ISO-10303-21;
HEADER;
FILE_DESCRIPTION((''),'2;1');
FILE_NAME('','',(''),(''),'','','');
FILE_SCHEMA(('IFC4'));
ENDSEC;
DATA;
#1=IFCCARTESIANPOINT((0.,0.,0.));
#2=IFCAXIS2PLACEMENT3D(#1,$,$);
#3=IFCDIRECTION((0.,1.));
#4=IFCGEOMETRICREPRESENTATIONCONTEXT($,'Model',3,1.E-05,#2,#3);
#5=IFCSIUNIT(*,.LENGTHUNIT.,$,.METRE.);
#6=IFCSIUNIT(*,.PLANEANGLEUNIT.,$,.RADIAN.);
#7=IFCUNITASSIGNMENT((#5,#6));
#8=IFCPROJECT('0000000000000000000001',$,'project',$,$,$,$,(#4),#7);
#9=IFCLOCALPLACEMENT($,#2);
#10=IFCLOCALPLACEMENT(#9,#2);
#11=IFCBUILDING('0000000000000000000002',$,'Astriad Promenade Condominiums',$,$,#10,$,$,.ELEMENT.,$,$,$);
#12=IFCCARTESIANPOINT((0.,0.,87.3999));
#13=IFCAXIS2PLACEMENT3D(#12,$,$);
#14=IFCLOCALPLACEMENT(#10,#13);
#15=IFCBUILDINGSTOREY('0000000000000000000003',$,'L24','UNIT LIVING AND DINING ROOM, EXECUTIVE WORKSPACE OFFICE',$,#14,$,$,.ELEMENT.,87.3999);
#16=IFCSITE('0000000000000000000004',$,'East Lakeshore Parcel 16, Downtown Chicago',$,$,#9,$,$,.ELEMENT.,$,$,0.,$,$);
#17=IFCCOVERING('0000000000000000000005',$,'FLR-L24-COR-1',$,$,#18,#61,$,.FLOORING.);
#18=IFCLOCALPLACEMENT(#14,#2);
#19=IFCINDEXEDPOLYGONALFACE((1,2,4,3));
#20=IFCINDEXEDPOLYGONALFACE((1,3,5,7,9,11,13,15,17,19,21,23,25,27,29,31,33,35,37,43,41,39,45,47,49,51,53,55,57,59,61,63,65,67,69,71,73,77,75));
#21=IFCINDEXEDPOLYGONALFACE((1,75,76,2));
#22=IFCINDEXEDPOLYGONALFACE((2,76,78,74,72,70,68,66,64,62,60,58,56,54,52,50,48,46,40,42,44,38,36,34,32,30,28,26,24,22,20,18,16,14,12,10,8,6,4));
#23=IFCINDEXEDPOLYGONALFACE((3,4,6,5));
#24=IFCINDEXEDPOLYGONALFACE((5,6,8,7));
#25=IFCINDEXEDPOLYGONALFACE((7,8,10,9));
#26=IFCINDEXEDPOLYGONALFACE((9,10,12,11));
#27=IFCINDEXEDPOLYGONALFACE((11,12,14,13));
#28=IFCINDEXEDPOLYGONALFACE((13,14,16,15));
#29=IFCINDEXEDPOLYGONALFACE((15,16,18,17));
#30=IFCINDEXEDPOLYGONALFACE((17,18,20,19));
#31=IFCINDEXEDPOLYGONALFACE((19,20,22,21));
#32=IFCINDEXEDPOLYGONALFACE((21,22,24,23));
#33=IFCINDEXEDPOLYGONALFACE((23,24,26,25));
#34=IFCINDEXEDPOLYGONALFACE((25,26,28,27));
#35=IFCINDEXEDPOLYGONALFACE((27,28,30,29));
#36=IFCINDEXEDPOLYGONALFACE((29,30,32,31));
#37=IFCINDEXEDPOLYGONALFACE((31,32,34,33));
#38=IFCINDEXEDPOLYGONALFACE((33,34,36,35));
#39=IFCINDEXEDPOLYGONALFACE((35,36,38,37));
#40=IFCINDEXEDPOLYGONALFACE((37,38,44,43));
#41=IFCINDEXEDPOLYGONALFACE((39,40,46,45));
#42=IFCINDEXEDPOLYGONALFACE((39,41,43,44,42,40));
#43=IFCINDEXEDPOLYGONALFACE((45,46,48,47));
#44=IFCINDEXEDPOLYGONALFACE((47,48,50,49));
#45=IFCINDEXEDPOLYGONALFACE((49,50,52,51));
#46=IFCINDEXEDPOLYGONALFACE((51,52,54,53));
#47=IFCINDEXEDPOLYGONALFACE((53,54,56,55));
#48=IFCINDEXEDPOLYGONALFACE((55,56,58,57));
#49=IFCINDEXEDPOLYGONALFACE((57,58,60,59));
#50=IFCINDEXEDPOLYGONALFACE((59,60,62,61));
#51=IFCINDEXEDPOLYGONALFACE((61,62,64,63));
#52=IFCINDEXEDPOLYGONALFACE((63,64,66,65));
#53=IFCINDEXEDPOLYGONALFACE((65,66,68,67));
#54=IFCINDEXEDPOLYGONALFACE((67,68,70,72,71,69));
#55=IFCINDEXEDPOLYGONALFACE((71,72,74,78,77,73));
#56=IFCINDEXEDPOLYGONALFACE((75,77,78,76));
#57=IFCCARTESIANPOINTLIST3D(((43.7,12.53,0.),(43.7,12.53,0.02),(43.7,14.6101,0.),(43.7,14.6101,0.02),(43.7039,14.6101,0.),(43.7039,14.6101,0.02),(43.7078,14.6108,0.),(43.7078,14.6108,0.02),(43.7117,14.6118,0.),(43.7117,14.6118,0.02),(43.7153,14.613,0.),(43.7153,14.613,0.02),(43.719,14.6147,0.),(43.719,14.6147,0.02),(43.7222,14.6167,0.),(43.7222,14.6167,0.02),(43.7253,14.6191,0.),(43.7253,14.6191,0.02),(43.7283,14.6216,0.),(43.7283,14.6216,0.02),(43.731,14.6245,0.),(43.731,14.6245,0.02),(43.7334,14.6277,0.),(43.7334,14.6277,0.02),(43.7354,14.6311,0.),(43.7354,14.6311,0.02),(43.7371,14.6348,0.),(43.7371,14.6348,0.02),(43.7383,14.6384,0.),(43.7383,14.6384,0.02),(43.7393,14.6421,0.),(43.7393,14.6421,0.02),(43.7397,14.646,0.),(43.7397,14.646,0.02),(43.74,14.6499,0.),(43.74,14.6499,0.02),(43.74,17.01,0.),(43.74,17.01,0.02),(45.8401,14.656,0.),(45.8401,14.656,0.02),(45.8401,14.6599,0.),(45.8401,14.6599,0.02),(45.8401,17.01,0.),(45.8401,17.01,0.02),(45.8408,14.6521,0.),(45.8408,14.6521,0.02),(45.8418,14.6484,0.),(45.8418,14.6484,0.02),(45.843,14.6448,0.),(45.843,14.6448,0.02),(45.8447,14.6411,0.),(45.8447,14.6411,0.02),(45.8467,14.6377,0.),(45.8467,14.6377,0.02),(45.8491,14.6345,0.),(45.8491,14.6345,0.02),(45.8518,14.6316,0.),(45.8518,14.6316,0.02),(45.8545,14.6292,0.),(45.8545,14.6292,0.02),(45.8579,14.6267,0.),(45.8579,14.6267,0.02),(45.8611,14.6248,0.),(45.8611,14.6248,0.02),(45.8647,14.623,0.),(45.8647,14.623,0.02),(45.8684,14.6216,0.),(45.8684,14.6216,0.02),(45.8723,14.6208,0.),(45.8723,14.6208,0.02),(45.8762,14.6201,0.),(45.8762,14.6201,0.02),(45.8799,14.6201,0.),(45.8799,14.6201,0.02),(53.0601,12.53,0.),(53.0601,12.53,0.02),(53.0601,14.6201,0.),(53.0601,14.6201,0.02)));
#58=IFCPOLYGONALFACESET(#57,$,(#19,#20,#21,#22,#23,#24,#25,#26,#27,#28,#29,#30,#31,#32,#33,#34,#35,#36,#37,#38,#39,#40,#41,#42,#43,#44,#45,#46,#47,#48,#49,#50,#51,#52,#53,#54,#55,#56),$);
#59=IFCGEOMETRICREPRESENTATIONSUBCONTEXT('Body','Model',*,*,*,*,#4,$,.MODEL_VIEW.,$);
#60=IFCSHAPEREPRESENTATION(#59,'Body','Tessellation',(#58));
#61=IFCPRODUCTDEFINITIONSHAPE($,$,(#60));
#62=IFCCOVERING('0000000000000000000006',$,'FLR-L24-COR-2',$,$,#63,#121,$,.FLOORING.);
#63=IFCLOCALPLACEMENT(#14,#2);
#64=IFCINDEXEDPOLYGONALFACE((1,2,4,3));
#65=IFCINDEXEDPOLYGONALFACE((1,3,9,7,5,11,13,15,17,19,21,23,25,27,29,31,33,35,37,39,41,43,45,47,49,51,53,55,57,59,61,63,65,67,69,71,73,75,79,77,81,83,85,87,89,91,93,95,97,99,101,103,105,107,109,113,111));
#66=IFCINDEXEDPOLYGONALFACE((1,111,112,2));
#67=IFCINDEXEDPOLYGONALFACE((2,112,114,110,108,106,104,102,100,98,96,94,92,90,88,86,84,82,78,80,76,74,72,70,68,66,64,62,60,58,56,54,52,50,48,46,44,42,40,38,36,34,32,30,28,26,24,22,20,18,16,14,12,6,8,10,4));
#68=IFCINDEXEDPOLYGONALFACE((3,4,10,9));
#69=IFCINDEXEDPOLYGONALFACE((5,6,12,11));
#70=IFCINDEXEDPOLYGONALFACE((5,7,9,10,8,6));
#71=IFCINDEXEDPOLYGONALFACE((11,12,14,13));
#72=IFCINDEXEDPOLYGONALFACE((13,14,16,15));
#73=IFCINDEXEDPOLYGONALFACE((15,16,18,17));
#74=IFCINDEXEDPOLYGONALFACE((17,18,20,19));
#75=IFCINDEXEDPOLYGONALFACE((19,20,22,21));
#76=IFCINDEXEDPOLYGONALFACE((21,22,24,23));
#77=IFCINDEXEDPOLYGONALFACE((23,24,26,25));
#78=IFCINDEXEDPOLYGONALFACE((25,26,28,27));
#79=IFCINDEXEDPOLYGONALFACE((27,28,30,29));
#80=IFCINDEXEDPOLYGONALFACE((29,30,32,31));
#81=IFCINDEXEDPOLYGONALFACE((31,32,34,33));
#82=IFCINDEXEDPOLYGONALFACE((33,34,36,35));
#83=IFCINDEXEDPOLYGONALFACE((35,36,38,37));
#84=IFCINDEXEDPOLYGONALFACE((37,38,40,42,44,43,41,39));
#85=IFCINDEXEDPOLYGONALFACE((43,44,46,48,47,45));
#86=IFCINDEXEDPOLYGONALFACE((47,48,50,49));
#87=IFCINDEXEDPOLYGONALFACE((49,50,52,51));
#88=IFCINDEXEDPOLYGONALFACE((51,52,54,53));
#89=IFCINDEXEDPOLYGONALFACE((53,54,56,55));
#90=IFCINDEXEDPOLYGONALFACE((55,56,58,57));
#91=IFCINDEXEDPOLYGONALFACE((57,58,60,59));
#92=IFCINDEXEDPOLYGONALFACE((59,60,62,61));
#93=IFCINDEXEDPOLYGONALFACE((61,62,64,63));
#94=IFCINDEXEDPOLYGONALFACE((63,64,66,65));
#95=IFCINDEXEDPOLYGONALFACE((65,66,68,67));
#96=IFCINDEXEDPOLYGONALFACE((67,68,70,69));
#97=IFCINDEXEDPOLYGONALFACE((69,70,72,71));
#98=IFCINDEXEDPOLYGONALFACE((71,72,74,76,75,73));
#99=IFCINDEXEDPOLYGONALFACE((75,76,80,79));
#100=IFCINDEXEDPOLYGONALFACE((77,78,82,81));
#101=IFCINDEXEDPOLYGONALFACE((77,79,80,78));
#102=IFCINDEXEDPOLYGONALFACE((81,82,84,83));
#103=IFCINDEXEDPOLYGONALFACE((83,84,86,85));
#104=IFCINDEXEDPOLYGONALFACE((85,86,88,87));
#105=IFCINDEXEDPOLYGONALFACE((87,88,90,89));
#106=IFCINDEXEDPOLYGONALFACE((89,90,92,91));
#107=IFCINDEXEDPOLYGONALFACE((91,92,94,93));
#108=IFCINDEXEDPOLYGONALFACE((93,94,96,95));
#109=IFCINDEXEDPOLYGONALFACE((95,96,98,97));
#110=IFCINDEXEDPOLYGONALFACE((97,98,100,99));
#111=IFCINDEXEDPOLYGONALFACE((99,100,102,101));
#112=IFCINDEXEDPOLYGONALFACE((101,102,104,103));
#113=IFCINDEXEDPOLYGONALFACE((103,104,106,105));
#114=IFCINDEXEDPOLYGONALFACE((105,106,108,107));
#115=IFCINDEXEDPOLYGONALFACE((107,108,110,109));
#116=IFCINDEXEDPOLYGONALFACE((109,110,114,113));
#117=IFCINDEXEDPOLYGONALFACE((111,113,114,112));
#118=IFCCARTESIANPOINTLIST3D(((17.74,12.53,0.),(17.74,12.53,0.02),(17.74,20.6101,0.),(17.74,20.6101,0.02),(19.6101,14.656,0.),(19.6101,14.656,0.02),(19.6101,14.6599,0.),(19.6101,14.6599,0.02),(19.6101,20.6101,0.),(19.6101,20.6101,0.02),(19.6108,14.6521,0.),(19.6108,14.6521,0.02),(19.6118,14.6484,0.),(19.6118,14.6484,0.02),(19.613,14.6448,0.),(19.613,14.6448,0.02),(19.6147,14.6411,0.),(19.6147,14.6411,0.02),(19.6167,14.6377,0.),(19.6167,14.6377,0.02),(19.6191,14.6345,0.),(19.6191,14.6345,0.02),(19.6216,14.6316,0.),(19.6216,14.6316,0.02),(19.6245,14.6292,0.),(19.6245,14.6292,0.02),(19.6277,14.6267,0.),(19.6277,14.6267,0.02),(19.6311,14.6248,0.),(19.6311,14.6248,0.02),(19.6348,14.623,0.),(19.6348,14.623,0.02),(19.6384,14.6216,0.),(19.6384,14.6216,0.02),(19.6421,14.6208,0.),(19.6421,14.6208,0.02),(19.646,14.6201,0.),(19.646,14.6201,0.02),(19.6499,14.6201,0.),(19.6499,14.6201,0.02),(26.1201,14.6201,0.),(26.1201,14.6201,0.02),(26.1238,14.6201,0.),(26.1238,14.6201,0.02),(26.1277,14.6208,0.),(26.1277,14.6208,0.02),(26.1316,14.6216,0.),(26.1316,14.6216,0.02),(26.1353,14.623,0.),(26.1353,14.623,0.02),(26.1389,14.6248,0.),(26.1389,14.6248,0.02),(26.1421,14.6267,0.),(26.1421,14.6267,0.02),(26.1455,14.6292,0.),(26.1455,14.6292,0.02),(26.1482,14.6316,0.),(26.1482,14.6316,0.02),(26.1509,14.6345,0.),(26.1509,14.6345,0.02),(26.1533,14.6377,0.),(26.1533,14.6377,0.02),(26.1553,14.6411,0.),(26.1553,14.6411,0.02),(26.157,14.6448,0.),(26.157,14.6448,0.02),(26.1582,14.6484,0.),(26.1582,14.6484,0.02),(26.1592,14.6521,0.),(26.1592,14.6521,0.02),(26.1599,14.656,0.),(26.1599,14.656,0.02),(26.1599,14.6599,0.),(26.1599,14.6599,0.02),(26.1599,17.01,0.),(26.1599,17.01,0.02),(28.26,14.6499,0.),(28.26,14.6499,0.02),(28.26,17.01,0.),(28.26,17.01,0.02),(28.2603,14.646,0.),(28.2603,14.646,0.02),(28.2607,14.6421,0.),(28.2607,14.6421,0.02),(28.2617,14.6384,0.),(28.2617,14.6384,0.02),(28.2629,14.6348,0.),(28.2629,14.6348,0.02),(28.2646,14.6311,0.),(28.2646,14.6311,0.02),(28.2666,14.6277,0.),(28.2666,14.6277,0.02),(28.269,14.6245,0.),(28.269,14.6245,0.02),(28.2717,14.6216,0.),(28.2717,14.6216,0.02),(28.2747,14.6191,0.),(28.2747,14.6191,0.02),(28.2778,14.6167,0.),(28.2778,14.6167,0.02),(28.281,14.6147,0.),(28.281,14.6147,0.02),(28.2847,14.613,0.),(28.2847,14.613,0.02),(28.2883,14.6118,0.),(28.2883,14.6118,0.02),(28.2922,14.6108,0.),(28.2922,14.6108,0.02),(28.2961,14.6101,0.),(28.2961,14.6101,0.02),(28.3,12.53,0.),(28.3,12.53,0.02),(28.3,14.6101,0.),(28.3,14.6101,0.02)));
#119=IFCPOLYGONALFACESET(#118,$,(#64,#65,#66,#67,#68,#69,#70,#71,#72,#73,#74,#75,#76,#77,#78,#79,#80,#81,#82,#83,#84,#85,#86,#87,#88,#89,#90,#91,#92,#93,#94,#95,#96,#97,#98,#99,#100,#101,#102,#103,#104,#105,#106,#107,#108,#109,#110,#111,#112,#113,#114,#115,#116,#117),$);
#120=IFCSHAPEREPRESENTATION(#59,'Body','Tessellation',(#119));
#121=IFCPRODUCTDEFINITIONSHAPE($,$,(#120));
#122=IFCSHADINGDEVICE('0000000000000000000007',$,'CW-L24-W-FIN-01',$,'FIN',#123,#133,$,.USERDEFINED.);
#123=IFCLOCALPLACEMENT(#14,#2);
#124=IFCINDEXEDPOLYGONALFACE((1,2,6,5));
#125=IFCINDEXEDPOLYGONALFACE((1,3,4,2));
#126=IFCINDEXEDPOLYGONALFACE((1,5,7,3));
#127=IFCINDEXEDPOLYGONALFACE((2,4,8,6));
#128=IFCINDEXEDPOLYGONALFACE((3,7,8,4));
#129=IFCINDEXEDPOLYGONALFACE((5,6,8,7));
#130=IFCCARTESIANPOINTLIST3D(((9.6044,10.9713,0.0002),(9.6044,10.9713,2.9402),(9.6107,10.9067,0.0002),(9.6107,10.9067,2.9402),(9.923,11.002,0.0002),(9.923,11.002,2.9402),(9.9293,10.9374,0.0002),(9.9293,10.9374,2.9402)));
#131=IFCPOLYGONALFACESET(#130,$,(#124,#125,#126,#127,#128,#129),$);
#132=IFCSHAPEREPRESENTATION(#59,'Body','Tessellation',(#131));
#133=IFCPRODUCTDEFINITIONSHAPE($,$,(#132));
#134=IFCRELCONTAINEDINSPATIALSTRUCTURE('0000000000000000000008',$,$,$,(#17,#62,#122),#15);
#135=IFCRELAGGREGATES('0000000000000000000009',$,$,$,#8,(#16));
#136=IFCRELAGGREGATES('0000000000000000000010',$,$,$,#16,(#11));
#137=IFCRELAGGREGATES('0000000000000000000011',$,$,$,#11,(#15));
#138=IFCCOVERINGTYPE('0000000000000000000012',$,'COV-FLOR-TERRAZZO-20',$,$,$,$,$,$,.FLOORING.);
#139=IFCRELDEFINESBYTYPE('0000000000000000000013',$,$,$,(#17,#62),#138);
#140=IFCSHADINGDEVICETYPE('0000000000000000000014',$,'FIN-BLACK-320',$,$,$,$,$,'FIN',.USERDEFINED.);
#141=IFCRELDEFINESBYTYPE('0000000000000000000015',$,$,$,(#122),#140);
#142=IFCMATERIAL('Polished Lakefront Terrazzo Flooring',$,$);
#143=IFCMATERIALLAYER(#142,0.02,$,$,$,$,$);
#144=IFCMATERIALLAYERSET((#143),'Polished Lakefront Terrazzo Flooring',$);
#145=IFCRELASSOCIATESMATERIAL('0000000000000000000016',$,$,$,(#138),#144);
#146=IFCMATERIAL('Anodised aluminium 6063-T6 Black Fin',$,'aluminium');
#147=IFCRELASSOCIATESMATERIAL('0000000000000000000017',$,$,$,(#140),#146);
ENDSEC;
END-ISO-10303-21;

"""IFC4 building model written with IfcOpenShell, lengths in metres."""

from ifc_helpers import new_model, si_unit, direction, frame, origin, origin_2d, place, context, subcontext, project, spatial, polyline, rectangle, outline, extrude, source, transform, mapped, material, layer, layer_set, type_object, type_shapes, element, save


model = new_model("IFC4")

# Units and contexts
model_context = context("Model", 3, precision=1e-05, world=origin(), true_north=direction((0.0, 1.0)))
body_context = subcontext(model_context, "Body", "Model", "MODEL_VIEW")
ifc_project = project(units=[si_unit("LENGTHUNIT", "METRE"), si_unit("PLANEANGLEUNIT", "RADIAN")], contexts=[model_context])

# Site, building, storey
site_placement = place(None, origin())
site = spatial("IfcSite", under=ifc_project, at=site_placement, Name="East Lakeshore Parcel 16, Downtown Chicago", CompositionType="ELEMENT", RefElevation=0.0)
building_placement = place(site_placement, origin())
building = spatial("IfcBuilding", under=site, at=building_placement, Name="Astriad Promenade Condominiums", CompositionType="ELEMENT")
storey_placement = place(building_placement, frame((0.0, 0.0, 87.3999)))
storey = spatial("IfcBuildingStorey", under=building, at=storey_placement, Name="L24", Description="UNIT LIVING AND DINING ROOM, EXECUTIVE WORKSPACE OFFICE", CompositionType="ELEMENT", Elevation=87.3999)

# Coverings
ifc_material_1 = material(Name="Polished Lakefront Terrazzo Flooring")
ifc_layer_1 = layer(ifc_material_1, 0.02)
ifc_layer_set_1 = layer_set([ifc_layer_1], Name="Polished Lakefront Terrazzo Flooring")
covering_type = type_object("IfcCoveringType", Name="COV-FLOR-TERRAZZO-20", PredefinedType="FLOORING", material=ifc_layer_set_1)
covering_1_placement = place(storey_placement, origin())
element("IfcCovering", 1, at=covering_1_placement, inside=storey, type_object=covering_type, Name="FLR-L24-COR-1", PredefinedType="FLOORING", context=body_context, shape_type="SweptSolid", body=[
    extrude(outline(polyline([(43.7, 12.53), (43.7, 14.6101), (43.7039, 14.6101), (43.7078, 14.6108), (43.7117, 14.6118), (43.7153, 14.613), (43.719, 14.6147), (43.7222, 14.6167), (43.7253, 14.6191), (43.7283, 14.6216), (43.731, 14.6245), (43.7334, 14.6277), (43.7354, 14.6311), (43.7371, 14.6348), (43.7383, 14.6384), (43.7393, 14.6421), (43.7397, 14.646), (43.74, 14.6499), (43.74, 17.01), (45.8401, 17.01), (45.8401, 14.6599), (45.8401, 14.656), (45.8408, 14.6521), (45.8418, 14.6484), (45.843, 14.6448), (45.8447, 14.6411), (45.8467, 14.6377), (45.8491, 14.6345), (45.8518, 14.6316), (45.8545, 14.6292), (45.8579, 14.6267), (45.8611, 14.6248), (45.8647, 14.623), (45.8684, 14.6216), (45.8723, 14.6208), (45.8762, 14.6201), (45.8799, 14.6201), (53.0601, 14.6201), (53.0601, 12.53), (43.7, 12.53)])), origin(), (0.0, 0.0, 1.0), 0.02),
])
covering_2_placement = place(storey_placement, origin())
element("IfcCovering", 2, at=covering_2_placement, inside=storey, type_object=covering_type, Name="FLR-L24-COR-2", PredefinedType="FLOORING", context=body_context, shape_type="SweptSolid", body=[
    extrude(outline(polyline([(28.3, 12.53), (17.74, 12.53), (17.74, 20.6101), (19.6101, 20.6101), (19.6101, 14.6599), (19.6101, 14.656), (19.6108, 14.6521), (19.6118, 14.6484), (19.613, 14.6448), (19.6147, 14.6411), (19.6167, 14.6377), (19.6191, 14.6345), (19.6216, 14.6316), (19.6245, 14.6292), (19.6277, 14.6267), (19.6311, 14.6248), (19.6348, 14.623), (19.6384, 14.6216), (19.6421, 14.6208), (19.646, 14.6201), (19.6499, 14.6201), (26.1201, 14.6201), (26.1238, 14.6201), (26.1277, 14.6208), (26.1316, 14.6216), (26.1353, 14.623), (26.1389, 14.6248), (26.1421, 14.6267), (26.1455, 14.6292), (26.1482, 14.6316), (26.1509, 14.6345), (26.1533, 14.6377), (26.1553, 14.6411), (26.157, 14.6448), (26.1582, 14.6484), (26.1592, 14.6521), (26.1599, 14.656), (26.1599, 14.6599), (26.1599, 17.01), (28.26, 17.01), (28.26, 14.6499), (28.2603, 14.646), (28.2607, 14.6421), (28.2617, 14.6384), (28.2629, 14.6348), (28.2646, 14.6311), (28.2666, 14.6277), (28.269, 14.6245), (28.2717, 14.6216), (28.2747, 14.6191), (28.2778, 14.6167), (28.281, 14.6147), (28.2847, 14.613), (28.2883, 14.6118), (28.2922, 14.6108), (28.2961, 14.6101), (28.3, 14.6101), (28.3, 12.53)])), origin(), (0.0, 0.0, 1.0), 0.02),
])

# Shading device
ifc_material_2 = material(Name="Anodised aluminium 6063-T6 Black Fin", Category="aluminium")
shading_device_type = type_object("IfcShadingDeviceType", Name="FIN-BLACK-320", ElementType="FIN", PredefinedType="USERDEFINED", material=ifc_material_2)
shared_shape_1 = source(origin(), body_context, "Body", "SweptSolid", [
    extrude(rectangle(XDim=0.0649, YDim=0.3201, at=origin_2d()), origin(), (0.0, 0.0, 1.0), 2.9399),
])
type_shapes(shading_device_type, [shared_shape_1])
shading_device_placement = place(storey_placement, frame((9.7668, 10.9543, 0.0002), z_axis=(0.0, 0.0, 1.0), x_axis=(-0.095846, 0.995396, 0.0)))
element("IfcShadingDevice", 3, at=shading_device_placement, inside=storey, type_object=shading_device_type, Name="CW-L24-W-FIN-01", ObjectType="FIN", PredefinedType="USERDEFINED", context=body_context, shape_type="MappedRepresentation", body=[
    mapped(shared_shape_1, transform((0.0, 0.0, 0.0), scale=1.0)),
])

save(model, "model.ifc")
